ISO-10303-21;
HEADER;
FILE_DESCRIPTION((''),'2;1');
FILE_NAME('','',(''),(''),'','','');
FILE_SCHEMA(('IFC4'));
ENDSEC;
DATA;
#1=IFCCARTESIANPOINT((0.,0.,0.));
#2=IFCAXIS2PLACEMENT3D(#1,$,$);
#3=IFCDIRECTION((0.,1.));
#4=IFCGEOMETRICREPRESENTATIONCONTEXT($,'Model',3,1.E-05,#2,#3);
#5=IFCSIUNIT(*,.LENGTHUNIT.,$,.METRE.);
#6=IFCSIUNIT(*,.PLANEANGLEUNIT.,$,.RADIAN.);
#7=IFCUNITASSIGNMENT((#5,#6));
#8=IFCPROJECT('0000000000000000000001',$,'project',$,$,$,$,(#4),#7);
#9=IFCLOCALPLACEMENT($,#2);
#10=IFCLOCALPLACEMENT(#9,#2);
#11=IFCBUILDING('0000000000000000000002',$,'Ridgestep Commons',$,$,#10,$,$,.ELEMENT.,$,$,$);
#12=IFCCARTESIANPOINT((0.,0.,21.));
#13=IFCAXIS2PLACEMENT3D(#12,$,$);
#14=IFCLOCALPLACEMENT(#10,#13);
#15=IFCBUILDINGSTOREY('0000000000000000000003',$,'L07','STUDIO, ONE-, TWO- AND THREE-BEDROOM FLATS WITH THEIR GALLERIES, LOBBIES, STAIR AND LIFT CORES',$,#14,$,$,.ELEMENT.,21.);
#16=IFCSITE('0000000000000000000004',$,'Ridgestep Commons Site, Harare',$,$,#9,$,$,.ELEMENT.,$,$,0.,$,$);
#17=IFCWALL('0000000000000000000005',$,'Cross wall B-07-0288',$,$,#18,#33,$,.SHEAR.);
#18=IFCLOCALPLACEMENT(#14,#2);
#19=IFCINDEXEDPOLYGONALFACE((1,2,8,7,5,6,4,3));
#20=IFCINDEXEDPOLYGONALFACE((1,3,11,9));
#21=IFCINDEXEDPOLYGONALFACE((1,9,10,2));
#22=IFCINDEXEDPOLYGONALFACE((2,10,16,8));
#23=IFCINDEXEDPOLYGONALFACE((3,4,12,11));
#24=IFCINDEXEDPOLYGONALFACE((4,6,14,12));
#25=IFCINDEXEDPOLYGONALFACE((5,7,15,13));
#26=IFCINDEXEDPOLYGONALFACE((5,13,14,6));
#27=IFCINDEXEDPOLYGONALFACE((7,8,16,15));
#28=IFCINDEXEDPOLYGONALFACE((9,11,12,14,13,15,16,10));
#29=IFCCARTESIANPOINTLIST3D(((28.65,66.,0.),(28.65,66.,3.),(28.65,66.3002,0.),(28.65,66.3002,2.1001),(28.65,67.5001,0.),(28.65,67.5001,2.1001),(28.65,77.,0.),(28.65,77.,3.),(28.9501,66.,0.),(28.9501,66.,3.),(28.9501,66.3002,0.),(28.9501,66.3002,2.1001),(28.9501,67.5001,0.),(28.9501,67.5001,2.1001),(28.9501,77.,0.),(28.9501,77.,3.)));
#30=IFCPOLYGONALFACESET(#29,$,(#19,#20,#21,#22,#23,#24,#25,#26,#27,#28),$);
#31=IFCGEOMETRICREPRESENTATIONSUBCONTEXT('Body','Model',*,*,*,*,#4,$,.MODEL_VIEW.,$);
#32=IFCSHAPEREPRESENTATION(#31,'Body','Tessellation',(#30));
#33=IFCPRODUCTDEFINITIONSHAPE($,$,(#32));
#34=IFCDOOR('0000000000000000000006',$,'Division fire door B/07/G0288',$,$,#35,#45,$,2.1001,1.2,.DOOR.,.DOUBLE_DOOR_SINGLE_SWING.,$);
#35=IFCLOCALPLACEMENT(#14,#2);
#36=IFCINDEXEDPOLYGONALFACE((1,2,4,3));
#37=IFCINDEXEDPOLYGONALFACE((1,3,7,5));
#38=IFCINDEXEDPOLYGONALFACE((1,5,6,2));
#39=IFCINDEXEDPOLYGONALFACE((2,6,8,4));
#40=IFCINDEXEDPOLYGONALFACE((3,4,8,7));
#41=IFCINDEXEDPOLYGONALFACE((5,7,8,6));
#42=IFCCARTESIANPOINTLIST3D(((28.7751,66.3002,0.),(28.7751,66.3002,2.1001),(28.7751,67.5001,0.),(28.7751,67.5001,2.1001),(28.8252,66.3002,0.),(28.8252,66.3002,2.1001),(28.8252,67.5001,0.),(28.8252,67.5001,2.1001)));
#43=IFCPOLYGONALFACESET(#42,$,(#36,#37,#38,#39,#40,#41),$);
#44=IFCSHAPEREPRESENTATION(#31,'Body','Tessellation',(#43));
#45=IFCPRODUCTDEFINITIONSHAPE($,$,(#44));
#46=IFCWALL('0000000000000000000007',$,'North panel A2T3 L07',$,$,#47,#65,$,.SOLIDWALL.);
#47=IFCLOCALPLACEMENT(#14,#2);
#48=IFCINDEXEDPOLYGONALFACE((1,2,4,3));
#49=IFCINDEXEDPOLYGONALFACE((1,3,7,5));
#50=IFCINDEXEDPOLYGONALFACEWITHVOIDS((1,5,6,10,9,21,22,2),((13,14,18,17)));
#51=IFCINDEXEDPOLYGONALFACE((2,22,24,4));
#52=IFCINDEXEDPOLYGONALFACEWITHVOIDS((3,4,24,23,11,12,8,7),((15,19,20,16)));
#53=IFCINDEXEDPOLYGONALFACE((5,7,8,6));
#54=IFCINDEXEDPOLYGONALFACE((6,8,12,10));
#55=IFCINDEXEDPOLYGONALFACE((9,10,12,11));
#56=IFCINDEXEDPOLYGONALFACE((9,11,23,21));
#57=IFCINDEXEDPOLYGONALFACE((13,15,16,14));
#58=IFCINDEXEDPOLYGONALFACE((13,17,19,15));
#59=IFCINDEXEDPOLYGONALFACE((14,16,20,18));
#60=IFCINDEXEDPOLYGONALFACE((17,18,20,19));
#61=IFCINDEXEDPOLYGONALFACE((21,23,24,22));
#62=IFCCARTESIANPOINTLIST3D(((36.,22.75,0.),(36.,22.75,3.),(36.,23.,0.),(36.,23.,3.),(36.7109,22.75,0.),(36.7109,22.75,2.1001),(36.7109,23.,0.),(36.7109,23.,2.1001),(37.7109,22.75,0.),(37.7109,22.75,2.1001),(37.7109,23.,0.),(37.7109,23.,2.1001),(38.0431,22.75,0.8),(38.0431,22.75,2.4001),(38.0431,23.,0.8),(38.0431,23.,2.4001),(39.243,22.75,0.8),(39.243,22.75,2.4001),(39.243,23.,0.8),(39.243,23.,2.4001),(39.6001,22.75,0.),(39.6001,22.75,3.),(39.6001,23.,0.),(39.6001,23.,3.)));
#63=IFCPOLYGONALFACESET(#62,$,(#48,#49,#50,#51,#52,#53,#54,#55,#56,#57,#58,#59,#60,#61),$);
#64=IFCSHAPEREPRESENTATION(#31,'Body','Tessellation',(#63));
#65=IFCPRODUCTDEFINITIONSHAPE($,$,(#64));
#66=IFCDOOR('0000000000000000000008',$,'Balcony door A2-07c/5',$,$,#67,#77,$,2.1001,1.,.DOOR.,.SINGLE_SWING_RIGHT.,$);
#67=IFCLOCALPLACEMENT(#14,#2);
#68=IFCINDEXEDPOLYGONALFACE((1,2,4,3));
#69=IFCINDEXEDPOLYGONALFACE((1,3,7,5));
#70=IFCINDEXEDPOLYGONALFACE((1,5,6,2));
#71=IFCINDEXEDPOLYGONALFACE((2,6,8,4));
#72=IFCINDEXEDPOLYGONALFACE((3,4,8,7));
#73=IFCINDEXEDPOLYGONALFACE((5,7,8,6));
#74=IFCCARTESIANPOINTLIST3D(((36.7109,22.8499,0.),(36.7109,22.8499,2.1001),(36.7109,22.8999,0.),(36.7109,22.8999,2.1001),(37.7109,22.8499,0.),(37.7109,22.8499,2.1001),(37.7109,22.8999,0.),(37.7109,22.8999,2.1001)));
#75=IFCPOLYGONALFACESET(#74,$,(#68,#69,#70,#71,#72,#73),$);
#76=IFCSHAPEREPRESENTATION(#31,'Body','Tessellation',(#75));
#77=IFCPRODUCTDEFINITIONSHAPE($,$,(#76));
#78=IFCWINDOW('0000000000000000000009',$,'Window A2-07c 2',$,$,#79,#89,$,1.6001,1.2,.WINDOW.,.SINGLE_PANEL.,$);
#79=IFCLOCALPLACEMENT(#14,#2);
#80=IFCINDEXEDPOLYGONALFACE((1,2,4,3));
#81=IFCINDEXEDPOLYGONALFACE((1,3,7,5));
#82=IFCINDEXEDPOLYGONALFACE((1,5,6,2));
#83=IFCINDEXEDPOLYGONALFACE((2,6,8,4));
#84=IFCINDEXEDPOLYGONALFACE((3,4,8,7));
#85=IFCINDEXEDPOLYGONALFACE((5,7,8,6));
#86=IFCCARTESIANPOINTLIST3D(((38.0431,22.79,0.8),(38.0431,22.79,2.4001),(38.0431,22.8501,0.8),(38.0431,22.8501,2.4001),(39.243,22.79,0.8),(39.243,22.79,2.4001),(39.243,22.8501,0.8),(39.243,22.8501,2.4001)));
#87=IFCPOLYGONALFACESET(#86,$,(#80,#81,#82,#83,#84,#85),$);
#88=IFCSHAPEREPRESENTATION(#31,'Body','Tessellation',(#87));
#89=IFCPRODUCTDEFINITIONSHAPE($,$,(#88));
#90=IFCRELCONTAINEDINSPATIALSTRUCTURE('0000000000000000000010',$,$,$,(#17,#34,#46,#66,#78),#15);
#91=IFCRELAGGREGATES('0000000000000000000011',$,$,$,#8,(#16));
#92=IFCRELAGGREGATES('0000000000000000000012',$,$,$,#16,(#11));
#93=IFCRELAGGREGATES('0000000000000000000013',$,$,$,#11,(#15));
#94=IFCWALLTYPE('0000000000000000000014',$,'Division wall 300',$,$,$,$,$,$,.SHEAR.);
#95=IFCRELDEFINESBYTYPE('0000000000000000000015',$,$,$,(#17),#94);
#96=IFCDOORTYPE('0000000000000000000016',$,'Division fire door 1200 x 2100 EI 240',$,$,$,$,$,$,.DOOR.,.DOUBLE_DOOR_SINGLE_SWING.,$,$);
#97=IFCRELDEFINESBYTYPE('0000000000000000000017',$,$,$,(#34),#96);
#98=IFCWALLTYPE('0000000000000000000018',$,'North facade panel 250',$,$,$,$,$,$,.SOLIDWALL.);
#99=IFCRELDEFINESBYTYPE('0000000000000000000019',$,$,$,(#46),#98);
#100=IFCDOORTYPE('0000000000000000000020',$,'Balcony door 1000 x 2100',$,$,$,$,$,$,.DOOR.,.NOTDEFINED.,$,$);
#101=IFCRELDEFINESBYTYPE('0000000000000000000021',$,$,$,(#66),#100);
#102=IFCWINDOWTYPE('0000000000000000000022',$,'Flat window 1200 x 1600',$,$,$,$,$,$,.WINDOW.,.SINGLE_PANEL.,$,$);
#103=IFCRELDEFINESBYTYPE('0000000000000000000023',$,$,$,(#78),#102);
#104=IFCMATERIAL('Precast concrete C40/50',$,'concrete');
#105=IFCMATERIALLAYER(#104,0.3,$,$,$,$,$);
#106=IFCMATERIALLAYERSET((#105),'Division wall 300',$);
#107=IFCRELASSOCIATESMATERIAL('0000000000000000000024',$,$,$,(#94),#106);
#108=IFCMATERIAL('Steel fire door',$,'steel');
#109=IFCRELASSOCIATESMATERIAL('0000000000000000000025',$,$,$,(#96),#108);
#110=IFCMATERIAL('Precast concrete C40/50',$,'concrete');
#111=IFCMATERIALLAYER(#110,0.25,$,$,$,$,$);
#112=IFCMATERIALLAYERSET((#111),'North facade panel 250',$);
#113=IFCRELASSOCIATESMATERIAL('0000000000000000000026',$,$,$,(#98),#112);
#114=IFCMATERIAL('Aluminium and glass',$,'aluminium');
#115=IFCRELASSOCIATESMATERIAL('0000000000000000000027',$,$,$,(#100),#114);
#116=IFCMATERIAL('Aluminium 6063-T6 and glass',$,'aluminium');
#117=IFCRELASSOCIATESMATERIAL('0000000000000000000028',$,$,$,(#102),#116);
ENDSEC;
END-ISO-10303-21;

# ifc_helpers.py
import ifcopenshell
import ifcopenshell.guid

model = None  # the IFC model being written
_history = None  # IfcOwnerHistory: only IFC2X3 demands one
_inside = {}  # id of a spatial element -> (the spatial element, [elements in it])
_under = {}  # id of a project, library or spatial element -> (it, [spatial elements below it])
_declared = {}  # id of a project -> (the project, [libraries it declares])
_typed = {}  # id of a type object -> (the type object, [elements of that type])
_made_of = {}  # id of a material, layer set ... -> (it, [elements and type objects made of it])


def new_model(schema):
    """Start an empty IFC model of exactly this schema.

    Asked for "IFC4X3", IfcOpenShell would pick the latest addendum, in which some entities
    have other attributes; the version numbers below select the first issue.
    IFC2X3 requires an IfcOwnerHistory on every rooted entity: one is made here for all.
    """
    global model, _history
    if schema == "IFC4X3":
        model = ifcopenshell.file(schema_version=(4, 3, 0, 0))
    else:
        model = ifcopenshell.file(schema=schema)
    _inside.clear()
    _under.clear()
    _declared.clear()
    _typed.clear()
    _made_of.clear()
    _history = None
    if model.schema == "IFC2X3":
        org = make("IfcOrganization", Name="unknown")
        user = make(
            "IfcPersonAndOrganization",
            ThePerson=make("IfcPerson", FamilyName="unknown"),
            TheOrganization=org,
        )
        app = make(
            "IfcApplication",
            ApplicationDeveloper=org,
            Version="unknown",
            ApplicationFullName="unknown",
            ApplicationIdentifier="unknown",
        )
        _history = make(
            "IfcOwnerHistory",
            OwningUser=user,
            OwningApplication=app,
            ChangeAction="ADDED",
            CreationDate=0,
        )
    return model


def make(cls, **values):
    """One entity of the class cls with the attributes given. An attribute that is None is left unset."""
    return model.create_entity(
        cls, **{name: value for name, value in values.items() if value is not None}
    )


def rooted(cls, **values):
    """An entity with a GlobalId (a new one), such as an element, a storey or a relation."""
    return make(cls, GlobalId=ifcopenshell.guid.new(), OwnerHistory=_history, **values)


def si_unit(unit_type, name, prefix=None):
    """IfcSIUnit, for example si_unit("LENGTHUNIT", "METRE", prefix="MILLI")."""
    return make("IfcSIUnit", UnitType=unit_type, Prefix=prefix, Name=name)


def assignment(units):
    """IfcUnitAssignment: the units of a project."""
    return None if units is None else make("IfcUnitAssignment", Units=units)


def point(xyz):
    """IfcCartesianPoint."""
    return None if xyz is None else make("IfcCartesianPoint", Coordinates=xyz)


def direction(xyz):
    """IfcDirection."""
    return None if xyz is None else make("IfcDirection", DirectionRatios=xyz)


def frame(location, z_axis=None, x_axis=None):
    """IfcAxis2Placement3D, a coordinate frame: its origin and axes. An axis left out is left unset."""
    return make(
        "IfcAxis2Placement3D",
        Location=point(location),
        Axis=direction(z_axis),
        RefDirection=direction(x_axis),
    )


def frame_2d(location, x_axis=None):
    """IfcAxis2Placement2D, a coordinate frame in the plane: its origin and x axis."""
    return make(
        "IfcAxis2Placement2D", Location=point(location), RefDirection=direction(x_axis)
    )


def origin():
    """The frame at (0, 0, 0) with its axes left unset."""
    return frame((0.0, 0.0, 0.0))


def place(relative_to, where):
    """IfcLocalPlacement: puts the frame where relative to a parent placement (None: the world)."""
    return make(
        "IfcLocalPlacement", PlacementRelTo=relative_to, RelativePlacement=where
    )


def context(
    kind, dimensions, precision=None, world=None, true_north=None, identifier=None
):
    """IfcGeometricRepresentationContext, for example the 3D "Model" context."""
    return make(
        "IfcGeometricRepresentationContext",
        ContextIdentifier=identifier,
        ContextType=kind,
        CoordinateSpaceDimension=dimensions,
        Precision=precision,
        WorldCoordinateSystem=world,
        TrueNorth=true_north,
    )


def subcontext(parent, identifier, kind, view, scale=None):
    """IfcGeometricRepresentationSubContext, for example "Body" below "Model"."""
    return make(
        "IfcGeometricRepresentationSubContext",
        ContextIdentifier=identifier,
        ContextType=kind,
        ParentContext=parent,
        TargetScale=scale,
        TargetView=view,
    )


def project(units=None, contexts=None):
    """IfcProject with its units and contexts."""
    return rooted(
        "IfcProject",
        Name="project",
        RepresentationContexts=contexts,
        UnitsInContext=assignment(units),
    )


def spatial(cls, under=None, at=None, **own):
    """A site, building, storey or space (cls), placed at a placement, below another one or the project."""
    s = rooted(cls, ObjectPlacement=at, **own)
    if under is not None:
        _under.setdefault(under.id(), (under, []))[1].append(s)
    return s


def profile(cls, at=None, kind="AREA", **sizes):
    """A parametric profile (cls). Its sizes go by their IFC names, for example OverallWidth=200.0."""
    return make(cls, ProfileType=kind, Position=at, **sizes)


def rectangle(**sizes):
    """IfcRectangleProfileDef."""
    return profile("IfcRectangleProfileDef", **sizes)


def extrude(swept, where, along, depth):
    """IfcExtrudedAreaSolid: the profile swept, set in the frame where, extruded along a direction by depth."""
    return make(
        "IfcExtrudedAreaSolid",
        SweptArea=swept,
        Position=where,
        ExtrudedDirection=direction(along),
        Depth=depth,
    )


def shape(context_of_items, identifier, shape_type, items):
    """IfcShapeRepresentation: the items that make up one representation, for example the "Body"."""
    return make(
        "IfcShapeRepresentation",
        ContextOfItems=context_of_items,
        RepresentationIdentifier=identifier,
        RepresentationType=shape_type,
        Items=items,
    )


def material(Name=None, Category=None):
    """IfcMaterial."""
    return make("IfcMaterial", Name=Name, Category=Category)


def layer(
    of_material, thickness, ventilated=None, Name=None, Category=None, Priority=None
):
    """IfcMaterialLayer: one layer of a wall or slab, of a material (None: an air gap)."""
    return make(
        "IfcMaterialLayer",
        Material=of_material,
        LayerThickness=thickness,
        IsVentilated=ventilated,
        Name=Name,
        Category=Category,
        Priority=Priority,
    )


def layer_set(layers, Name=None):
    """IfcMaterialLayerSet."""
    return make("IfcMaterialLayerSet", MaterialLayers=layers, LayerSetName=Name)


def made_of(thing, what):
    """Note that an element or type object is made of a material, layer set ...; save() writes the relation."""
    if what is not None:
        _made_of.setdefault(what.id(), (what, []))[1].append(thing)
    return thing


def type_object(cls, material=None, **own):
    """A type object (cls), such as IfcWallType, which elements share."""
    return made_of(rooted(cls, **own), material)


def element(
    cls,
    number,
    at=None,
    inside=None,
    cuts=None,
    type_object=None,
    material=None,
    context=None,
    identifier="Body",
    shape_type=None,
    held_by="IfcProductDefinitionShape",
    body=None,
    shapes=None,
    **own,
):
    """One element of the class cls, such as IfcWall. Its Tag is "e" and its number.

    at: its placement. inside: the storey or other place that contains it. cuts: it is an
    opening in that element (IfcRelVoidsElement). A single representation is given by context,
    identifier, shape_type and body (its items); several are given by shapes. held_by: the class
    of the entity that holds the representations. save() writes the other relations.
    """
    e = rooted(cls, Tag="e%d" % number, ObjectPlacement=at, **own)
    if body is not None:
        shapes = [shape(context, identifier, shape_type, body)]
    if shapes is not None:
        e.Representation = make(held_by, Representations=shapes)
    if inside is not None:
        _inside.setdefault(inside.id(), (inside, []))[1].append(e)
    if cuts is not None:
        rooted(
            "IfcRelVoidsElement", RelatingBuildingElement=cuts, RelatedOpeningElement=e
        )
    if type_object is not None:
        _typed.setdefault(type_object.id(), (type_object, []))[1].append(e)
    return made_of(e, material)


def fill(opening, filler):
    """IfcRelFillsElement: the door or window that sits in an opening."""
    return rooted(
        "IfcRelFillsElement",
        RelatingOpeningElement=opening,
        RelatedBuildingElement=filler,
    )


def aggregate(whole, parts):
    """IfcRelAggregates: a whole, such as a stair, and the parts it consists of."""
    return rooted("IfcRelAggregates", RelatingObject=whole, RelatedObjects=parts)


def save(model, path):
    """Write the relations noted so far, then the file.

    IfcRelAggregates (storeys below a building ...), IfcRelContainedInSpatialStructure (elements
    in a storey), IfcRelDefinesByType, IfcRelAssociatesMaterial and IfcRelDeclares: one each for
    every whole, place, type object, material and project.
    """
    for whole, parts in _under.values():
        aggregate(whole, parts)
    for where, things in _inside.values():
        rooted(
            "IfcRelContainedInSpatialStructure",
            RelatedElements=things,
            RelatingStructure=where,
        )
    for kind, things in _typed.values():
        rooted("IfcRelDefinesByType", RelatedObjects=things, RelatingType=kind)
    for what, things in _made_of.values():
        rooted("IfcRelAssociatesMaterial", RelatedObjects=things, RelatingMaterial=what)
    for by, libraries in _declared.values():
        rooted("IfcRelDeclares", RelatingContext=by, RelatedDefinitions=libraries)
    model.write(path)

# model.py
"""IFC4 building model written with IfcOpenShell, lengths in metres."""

from ifc_helpers import new_model, si_unit, direction, frame, frame_2d, origin, place, context, subcontext, project, spatial, rectangle, extrude, material, layer, layer_set, type_object, element, fill, save


model = new_model("IFC4")

# Units and contexts
model_context = context("Model", 3, precision=1e-05, world=origin(), true_north=direction((0.0, 1.0)))
body_context = subcontext(model_context, "Body", "Model", "MODEL_VIEW")
ifc_project = project(units=[si_unit("LENGTHUNIT", "METRE"), si_unit("PLANEANGLEUNIT", "RADIAN")], contexts=[model_context])

# Site, building, storey
site_placement = place(None, origin())
site = spatial("IfcSite", under=ifc_project, at=site_placement, Name="Ridgestep Commons Site, Harare", CompositionType="ELEMENT", RefElevation=0.0)
building_placement = place(site_placement, origin())
building = spatial("IfcBuilding", under=site, at=building_placement, Name="Ridgestep Commons", CompositionType="ELEMENT")
storey_placement = place(building_placement, frame((0.0, 0.0, 21.0)))
storey = spatial("IfcBuildingStorey", under=building, at=storey_placement, Name="L07", Description="STUDIO, ONE-, TWO- AND THREE-BEDROOM FLATS WITH THEIR GALLERIES, LOBBIES, STAIR AND LIFT CORES", CompositionType="ELEMENT", Elevation=21.0)

# Wall, opening, door
ifc_material_1 = material(Name="Precast concrete C40/50", Category="concrete")
ifc_layer_1 = layer(ifc_material_1, 0.3)
ifc_layer_set_1 = layer_set([ifc_layer_1], Name="Division wall 300")
wall_type_1 = type_object("IfcWallType", Name="Division wall 300", PredefinedType="SHEAR", material=ifc_layer_set_1)
wall_1_placement = place(storey_placement, frame((28.8, 66.0, 0.0), z_axis=(0.0, 0.0, 1.0), x_axis=(0.0, 1.0, 0.0)))
wall_1 = element("IfcWall", 1, at=wall_1_placement, inside=storey, type_object=wall_type_1, Name="Cross wall B-07-0288", PredefinedType="SHEAR", context=body_context, shape_type="SweptSolid", body=[
    extrude(rectangle(XDim=11.0, YDim=0.3, at=frame_2d((5.5, 0.0))), origin(), (0.0, 0.0, 1.0), 3.0),
])
opening_1_placement = place(wall_1_placement, frame((0.3, 0.0, 0.0)))
opening_1 = element("IfcOpeningElement", 2, at=opening_1_placement, cuts=wall_1, PredefinedType="OPENING", context=body_context, shape_type="SweptSolid", body=[
    extrude(rectangle(XDim=1.2, YDim=2.1001, at=frame_2d((0.6001, 1.05))), frame((0.0, 0.1599, 0.0), z_axis=(0.0, -1.0, 0.0), x_axis=(1.0, 0.0, 0.0)), (0.0, 0.0, 1.0), 0.3201),
])
ifc_material_2 = material(Name="Steel fire door", Category="steel")
door_type_1 = type_object("IfcDoorType", Name="Division fire door 1200 x 2100 EI 240", OperationType="DOUBLE_DOOR_SINGLE_SWING", PredefinedType="DOOR", material=ifc_material_2)
door_1_placement = place(opening_1_placement, origin())
door_1 = element("IfcDoor", 3, at=door_1_placement, inside=storey, type_object=door_type_1, Name="Division fire door B/07/G0288", OperationType="DOUBLE_DOOR_SINGLE_SWING", OverallHeight=2.1001, OverallWidth=1.2, PredefinedType="DOOR", context=body_context, shape_type="SweptSolid", body=[
    extrude(rectangle(XDim=1.2, YDim=2.1001, at=frame_2d((0.6001, 1.05))), frame((0.0, 0.0249, 0.0), z_axis=(0.0, -1.0, 0.0), x_axis=(1.0, 0.0, 0.0)), (0.0, 0.0, 1.0), 0.05),
])
fill(opening_1, door_1)

# Wall, openings, door, window
ifc_material_3 = material(Name="Precast concrete C40/50", Category="concrete")
ifc_layer_2 = layer(ifc_material_3, 0.25)
ifc_layer_set_2 = layer_set([ifc_layer_2], Name="North facade panel 250")
wall_type_2 = type_object("IfcWallType", Name="North facade panel 250", PredefinedType="SOLIDWALL", material=ifc_layer_set_2)
wall_2_placement = place(storey_placement, frame((36.0, 22.875, 0.0), z_axis=(0.0, 0.0, 1.0), x_axis=(1.0, 0.0, 0.0)))
wall_2 = element("IfcWall", 4, at=wall_2_placement, inside=storey, type_object=wall_type_2, Name="North panel A2T3 L07", PredefinedType="SOLIDWALL", context=body_context, shape_type="SweptSolid", body=[
    extrude(rectangle(XDim=3.6001, YDim=0.25, at=frame_2d((1.8, 0.0))), origin(), (0.0, 0.0, 1.0), 3.0),
])
opening_2_placement = place(wall_2_placement, frame((2.043, 0.0, 0.8)))
opening_2 = element("IfcOpeningElement", 5, at=opening_2_placement, cuts=wall_2, PredefinedType="OPENING", context=body_context, shape_type="SweptSolid", body=[
    extrude(rectangle(XDim=1.2, YDim=1.6001, at=frame_2d((0.6001, 0.8))), frame((0.0, 0.135, 0.0), z_axis=(0.0, -1.0, 0.0), x_axis=(1.0, 0.0, 0.0)), (0.0, 0.0, 1.0), 0.27),
])
opening_3_placement = place(wall_2_placement, frame((0.7109, 0.0, 0.0)))
opening_3 = element("IfcOpeningElement", 6, at=opening_3_placement, cuts=wall_2, PredefinedType="OPENING", context=body_context, shape_type="SweptSolid", body=[
    extrude(rectangle(XDim=1.0, YDim=2.1001, at=frame_2d((0.5, 1.05))), frame((0.0, 0.135, 0.0), z_axis=(0.0, -1.0, 0.0), x_axis=(1.0, 0.0, 0.0)), (0.0, 0.0, 1.0), 0.27),
])
ifc_material_4 = material(Name="Aluminium and glass", Category="aluminium")
door_type_2 = type_object("IfcDoorType", Name="Balcony door 1000 x 2100", OperationType="NOTDEFINED", PredefinedType="DOOR", material=ifc_material_4)
door_2_placement = place(opening_3_placement, origin())
door_2 = element("IfcDoor", 7, at=door_2_placement, inside=storey, type_object=door_type_2, Name="Balcony door A2-07c/5", OperationType="SINGLE_SWING_RIGHT", OverallHeight=2.1001, OverallWidth=1.0, PredefinedType="DOOR", context=body_context, shape_type="SweptSolid", body=[
    extrude(rectangle(XDim=1.0, YDim=2.1001, at=frame_2d((0.5, 1.05))), frame((0.0, 0.0249, 0.0), z_axis=(0.0, -1.0, 0.0), x_axis=(1.0, 0.0, 0.0)), (0.0, 0.0, 1.0), 0.05),
])
fill(opening_3, door_2)
ifc_material_5 = material(Name="Aluminium 6063-T6 and glass", Category="aluminium")
window_type = type_object("IfcWindowType", Name="Flat window 1200 x 1600", PartitioningType="SINGLE_PANEL", PredefinedType="WINDOW", material=ifc_material_5)
window_placement = place(opening_2_placement, origin())
window = element("IfcWindow", 8, at=window_placement, inside=storey, type_object=window_type, Name="Window A2-07c 2", OverallHeight=1.6001, OverallWidth=1.2, PartitioningType="SINGLE_PANEL", PredefinedType="WINDOW", context=body_context, shape_type="SweptSolid", body=[
    extrude(rectangle(XDim=1.2, YDim=1.6001, at=frame_2d((0.6001, 0.8))), frame((0.0, -0.0249, 0.0), z_axis=(0.0, -1.0, 0.0), x_axis=(1.0, 0.0, 0.0)), (0.0, 0.0, 1.0), 0.0601),
])
fill(opening_2, window)

save(model, "model.ifc")
